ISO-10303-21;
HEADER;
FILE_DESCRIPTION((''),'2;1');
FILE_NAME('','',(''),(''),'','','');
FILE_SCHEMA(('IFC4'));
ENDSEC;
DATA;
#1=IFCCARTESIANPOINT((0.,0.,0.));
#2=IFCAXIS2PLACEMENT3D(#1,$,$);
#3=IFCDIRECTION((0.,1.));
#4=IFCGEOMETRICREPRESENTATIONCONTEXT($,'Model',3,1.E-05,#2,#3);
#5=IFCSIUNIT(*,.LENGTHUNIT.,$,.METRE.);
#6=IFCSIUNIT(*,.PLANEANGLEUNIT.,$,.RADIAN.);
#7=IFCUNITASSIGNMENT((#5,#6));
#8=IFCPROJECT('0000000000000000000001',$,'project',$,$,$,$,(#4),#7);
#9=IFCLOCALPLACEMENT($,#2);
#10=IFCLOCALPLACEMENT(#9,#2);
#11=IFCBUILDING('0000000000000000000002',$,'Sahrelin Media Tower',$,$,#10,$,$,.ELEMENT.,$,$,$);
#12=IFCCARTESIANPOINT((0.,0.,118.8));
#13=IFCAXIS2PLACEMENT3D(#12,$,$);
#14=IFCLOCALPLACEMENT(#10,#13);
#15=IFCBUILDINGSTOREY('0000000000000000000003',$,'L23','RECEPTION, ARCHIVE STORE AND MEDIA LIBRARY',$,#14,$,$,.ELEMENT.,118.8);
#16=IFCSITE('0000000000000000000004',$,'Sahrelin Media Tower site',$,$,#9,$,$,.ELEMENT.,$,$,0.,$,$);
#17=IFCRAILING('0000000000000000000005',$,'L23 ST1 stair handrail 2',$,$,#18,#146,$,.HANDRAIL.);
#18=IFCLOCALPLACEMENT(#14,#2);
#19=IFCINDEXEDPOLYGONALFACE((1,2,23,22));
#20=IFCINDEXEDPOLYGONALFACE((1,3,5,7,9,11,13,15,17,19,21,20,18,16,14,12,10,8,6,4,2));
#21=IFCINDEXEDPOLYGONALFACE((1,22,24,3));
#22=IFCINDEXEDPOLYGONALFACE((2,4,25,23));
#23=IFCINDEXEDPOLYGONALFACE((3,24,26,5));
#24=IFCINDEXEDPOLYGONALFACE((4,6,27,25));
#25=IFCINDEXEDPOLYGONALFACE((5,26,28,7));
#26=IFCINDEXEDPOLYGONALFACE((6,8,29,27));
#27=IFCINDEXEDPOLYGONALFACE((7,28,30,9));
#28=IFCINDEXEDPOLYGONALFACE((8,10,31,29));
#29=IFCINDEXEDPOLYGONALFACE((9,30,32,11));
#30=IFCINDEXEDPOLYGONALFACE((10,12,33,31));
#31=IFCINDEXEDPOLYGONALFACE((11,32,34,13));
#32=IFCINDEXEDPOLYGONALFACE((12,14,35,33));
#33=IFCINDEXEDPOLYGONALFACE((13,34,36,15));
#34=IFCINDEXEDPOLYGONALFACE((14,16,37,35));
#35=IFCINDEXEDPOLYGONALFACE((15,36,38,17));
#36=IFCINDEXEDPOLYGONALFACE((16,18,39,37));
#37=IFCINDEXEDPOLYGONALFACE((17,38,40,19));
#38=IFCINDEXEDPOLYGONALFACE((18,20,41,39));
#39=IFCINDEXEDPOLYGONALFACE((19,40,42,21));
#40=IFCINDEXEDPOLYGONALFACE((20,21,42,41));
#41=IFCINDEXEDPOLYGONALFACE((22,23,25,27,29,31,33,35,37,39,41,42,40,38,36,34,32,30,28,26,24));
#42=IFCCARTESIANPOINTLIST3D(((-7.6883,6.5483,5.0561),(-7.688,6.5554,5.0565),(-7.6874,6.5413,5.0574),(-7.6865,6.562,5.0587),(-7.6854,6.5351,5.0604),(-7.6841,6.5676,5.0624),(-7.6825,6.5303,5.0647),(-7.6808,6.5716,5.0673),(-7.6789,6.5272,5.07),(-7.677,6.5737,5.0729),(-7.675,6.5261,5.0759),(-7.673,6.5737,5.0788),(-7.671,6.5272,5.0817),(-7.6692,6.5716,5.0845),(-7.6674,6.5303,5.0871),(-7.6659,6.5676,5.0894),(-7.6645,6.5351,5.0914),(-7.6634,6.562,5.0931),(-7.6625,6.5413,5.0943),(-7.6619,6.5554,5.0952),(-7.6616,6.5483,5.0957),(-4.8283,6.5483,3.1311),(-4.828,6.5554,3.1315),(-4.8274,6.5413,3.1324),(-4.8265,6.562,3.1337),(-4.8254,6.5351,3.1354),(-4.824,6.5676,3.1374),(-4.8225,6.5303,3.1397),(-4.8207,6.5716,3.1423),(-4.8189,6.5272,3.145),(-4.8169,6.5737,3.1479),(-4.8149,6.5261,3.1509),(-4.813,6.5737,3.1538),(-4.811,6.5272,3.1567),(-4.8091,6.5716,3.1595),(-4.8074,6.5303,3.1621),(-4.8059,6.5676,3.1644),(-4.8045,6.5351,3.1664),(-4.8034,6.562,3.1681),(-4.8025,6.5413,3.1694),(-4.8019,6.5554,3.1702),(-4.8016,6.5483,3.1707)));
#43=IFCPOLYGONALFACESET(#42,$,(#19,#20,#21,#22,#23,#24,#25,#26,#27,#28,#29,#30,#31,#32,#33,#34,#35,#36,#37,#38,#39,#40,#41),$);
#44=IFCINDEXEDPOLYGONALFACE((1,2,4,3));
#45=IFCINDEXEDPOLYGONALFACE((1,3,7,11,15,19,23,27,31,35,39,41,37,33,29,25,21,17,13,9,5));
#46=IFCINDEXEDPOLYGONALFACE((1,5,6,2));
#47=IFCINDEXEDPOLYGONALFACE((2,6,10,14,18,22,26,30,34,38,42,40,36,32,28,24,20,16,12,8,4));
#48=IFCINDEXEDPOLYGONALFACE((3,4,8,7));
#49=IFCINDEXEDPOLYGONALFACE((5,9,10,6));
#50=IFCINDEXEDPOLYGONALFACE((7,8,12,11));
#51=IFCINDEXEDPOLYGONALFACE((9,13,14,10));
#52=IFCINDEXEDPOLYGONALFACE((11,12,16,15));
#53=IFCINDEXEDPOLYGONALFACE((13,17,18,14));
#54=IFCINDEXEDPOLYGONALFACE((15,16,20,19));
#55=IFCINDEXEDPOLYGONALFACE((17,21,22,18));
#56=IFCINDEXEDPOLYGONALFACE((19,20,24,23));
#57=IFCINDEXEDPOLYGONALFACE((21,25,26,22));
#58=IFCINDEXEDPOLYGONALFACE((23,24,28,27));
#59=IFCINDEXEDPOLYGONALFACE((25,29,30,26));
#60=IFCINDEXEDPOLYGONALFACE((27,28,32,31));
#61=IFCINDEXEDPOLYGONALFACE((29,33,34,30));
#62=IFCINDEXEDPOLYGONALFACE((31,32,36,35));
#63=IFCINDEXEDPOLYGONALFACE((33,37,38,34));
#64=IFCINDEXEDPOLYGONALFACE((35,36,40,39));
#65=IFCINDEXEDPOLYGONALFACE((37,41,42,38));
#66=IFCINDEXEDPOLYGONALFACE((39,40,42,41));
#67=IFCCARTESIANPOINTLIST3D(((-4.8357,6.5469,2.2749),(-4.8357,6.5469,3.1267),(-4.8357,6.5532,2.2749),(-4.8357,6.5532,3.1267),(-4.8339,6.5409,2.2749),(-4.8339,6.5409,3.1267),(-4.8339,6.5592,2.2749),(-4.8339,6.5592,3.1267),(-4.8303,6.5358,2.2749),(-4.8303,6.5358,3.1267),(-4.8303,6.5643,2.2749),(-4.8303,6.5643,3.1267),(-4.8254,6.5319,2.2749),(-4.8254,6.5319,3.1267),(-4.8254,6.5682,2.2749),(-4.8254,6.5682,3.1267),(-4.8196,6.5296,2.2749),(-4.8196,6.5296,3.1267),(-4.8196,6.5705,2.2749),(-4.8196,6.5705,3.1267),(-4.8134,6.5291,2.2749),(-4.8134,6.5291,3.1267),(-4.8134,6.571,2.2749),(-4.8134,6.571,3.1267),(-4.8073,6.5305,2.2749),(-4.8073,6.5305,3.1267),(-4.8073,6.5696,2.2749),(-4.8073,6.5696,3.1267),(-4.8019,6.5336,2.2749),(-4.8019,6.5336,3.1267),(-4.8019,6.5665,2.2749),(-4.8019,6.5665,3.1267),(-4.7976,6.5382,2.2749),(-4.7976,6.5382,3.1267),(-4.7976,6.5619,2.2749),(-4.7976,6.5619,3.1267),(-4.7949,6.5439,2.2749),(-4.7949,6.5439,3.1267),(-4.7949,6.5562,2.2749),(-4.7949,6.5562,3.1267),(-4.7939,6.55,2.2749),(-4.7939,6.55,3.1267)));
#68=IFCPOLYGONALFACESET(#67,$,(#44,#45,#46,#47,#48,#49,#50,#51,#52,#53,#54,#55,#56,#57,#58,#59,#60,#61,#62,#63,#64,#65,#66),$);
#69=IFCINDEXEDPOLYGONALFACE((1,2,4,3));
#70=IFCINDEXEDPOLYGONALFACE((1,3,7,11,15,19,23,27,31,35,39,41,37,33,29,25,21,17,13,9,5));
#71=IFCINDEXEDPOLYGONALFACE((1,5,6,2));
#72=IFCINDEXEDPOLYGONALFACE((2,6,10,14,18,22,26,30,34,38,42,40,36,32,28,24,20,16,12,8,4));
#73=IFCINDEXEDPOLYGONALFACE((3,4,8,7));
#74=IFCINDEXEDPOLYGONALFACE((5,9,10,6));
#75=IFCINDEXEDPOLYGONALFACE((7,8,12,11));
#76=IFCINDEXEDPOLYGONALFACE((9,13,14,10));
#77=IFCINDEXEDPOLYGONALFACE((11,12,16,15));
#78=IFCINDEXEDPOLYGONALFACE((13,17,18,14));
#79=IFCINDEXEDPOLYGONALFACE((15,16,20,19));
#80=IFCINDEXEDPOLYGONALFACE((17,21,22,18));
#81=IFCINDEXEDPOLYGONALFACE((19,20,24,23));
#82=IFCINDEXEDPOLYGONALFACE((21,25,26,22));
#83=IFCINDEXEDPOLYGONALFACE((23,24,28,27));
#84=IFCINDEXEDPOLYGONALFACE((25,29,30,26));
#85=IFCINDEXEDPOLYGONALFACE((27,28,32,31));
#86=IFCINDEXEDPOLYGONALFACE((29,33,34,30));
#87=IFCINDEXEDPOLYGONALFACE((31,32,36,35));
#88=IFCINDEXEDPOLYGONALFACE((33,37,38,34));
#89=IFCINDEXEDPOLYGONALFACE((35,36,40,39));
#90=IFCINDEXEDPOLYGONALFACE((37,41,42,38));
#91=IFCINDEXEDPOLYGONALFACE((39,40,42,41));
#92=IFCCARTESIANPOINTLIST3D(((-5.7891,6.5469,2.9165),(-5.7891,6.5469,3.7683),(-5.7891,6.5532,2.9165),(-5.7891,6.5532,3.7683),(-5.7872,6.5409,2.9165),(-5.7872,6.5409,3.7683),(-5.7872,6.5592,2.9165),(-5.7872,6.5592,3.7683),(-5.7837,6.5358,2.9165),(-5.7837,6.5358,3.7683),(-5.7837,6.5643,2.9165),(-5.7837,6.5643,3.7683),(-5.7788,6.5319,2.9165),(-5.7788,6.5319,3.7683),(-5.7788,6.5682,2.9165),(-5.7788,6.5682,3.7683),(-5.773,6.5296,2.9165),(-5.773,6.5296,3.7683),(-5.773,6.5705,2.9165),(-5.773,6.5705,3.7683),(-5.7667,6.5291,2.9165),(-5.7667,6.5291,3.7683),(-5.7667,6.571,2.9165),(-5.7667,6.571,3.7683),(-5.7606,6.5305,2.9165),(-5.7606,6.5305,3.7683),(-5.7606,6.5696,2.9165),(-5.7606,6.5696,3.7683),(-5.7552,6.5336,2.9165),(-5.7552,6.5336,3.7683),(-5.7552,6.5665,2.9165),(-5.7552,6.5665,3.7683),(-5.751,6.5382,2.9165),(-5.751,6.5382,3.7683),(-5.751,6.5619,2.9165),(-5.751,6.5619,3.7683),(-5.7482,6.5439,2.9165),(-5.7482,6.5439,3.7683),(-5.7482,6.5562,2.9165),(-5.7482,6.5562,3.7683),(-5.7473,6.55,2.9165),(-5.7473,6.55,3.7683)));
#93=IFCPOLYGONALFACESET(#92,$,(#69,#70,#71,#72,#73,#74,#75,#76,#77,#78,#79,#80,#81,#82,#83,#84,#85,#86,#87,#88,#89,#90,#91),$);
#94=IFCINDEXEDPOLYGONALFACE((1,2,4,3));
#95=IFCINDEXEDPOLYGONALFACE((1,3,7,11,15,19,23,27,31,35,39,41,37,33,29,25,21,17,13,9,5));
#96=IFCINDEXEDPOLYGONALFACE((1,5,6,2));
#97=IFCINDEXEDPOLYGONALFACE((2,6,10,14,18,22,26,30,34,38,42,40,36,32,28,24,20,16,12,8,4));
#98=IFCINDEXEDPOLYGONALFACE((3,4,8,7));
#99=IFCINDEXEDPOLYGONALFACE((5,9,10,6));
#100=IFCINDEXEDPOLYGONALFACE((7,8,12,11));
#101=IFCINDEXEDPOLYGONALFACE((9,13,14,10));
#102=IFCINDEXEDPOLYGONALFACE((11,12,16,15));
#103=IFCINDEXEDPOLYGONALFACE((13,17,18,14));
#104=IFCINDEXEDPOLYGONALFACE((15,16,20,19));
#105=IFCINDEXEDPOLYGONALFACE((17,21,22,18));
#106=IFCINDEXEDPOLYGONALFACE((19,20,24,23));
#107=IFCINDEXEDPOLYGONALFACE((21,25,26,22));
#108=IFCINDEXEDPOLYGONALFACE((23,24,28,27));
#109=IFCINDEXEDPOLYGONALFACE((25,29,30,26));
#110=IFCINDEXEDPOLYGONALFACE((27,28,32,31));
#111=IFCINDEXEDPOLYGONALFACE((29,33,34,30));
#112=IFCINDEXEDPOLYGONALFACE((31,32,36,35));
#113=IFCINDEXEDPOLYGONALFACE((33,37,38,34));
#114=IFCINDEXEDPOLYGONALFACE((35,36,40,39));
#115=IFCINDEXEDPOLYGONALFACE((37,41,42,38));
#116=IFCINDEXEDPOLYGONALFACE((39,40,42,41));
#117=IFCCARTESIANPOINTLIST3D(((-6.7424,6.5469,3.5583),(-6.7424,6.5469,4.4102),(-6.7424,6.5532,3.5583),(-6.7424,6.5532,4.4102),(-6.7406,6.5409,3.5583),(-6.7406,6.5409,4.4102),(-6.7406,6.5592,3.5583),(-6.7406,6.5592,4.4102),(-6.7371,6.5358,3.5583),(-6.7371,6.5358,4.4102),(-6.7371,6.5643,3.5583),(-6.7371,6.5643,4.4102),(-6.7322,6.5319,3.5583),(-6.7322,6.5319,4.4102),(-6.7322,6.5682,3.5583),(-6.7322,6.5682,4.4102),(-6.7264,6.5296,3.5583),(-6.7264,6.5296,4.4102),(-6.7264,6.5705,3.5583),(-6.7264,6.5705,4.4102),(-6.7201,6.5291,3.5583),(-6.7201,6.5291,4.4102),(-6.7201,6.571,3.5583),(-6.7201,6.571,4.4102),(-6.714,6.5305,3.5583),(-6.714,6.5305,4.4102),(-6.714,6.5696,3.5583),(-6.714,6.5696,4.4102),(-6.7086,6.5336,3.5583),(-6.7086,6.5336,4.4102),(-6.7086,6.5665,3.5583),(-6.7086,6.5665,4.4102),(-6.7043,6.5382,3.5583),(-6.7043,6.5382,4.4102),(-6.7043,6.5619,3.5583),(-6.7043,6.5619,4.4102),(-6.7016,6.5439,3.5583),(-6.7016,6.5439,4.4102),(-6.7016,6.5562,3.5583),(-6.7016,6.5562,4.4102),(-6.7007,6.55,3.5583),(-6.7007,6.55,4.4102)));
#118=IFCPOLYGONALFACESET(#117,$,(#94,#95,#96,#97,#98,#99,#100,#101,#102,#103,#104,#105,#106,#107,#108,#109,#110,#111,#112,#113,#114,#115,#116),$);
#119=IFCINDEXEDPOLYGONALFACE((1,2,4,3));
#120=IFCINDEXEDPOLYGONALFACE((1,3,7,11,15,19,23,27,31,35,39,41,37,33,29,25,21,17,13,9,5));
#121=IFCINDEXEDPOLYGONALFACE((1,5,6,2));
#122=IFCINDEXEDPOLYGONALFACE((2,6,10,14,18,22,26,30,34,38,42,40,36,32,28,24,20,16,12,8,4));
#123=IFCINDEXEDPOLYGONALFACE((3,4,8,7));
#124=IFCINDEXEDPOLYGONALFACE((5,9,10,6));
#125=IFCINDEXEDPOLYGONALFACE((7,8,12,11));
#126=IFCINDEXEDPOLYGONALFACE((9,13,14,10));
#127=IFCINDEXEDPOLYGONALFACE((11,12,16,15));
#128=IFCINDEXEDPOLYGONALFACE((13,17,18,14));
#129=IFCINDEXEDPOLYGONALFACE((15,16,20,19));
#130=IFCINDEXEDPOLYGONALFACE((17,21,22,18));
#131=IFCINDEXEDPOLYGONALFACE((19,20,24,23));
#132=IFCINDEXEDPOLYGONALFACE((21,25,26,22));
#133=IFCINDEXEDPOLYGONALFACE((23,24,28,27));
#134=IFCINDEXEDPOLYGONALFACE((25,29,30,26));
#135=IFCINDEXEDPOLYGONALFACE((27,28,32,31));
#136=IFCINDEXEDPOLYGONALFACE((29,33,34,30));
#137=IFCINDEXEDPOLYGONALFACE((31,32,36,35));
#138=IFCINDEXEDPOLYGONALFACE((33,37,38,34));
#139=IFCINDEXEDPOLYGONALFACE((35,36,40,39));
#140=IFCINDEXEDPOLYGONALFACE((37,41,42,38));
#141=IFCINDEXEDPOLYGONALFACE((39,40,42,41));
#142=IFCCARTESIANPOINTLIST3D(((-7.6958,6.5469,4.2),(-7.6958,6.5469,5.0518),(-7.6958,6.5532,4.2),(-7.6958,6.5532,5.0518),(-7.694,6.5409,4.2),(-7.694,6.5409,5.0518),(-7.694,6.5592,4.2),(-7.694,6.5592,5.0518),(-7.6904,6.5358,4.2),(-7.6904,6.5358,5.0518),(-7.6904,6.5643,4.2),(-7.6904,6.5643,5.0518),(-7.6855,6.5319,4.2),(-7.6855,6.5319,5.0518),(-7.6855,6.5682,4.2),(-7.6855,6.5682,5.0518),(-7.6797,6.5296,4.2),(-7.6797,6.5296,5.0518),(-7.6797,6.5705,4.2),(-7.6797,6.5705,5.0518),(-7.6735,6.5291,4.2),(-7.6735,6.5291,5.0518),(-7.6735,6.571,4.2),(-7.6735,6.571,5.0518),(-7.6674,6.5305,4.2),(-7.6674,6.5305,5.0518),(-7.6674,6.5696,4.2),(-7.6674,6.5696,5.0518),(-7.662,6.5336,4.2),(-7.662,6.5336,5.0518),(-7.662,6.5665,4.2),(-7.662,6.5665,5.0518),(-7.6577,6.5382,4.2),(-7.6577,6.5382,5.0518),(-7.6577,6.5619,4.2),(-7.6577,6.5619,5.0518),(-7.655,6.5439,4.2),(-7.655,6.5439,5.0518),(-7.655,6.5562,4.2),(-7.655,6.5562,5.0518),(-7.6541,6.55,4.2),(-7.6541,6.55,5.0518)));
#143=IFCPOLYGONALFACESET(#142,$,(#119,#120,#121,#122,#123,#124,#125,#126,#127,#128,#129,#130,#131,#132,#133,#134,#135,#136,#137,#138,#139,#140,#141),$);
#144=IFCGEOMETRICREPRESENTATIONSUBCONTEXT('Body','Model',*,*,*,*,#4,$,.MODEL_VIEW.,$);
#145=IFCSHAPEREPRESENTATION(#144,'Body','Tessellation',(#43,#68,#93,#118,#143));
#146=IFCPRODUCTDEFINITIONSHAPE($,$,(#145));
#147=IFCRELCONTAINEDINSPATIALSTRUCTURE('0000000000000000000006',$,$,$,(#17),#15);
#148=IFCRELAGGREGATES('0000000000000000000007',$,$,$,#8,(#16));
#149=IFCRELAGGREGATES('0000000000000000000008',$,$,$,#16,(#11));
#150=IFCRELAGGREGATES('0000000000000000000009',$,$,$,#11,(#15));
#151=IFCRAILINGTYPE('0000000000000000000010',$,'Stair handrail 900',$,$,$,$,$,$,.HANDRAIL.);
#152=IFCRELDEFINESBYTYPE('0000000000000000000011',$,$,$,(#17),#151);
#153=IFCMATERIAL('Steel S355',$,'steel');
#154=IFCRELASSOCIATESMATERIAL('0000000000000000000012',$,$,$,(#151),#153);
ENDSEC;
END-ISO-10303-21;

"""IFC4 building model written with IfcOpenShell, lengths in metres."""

from ifc_helpers import new_model, si_unit, direction, frame, origin, origin_2d, place, context, subcontext, project, spatial, circle, extrude, material, type_object, element, save


model = new_model("IFC4")

# Units and contexts
model_context = context("Model", 3, precision=1e-05, world=origin(), true_north=direction((0.0, 1.0)))
body_context = subcontext(model_context, "Body", "Model", "MODEL_VIEW")
ifc_project = project(units=[si_unit("LENGTHUNIT", "METRE"), si_unit("PLANEANGLEUNIT", "RADIAN")], contexts=[model_context])

# Site, building, storey
site_placement = place(None, origin())
site = spatial("IfcSite", under=ifc_project, at=site_placement, Name="Sahrelin Media Tower site", CompositionType="ELEMENT", RefElevation=0.0)
building_placement = place(site_placement, origin())
building = spatial("IfcBuilding", under=site, at=building_placement, Name="Sahrelin Media Tower", CompositionType="ELEMENT")
storey_placement = place(building_placement, frame((0.0, 0.0, 118.8)))
storey = spatial("IfcBuildingStorey", under=building, at=storey_placement, Name="L23", Description="RECEPTION, ARCHIVE STORE AND MEDIA LIBRARY", CompositionType="ELEMENT", Elevation=118.8)

# Shared definitions
ifc_material_1 = material(Name="Steel S355", Category="steel")

# Railing
railing_type_1 = type_object("IfcRailingType", Name="Stair handrail 900", PredefinedType="HANDRAIL", material=ifc_material_1)
railing_1_placement = place(storey_placement, frame((-4.8149, 6.55, 2.2749)))
element("IfcRailing", 1, at=railing_1_placement, inside=storey, type_object=railing_type_1, Name="L23 ST1 stair handrail 2", PredefinedType="HANDRAIL", context=body_context, shape_type="SweptSolid", body=[
    extrude(circle(Radius=0.0239, at=origin_2d()), frame((0.0, 0.0, 0.876), z_axis=(-0.829591, 0.0, 0.558372), x_axis=(0.0, -1.0, 0.0)), (0.0, 0.0, 1.0), 3.4475),
    extrude(circle(Radius=0.021, at=origin_2d()), origin(), (0.0, 0.0, 1.0), 0.8518),
    extrude(circle(Radius=0.021, at=origin_2d()), frame((-0.9534, 0.0, 0.6416)), (0.0, 0.0, 1.0), 0.8518),
    extrude(circle(Radius=0.021, at=origin_2d()), frame((-1.9067, 0.0, 1.2834)), (0.0, 0.0, 1.0), 0.8518),
    extrude(circle(Radius=0.021, at=origin_2d()), frame((-2.8601, 0.0, 1.925)), (0.0, 0.0, 1.0), 0.8518),
])

save(model, "model.ifc")
